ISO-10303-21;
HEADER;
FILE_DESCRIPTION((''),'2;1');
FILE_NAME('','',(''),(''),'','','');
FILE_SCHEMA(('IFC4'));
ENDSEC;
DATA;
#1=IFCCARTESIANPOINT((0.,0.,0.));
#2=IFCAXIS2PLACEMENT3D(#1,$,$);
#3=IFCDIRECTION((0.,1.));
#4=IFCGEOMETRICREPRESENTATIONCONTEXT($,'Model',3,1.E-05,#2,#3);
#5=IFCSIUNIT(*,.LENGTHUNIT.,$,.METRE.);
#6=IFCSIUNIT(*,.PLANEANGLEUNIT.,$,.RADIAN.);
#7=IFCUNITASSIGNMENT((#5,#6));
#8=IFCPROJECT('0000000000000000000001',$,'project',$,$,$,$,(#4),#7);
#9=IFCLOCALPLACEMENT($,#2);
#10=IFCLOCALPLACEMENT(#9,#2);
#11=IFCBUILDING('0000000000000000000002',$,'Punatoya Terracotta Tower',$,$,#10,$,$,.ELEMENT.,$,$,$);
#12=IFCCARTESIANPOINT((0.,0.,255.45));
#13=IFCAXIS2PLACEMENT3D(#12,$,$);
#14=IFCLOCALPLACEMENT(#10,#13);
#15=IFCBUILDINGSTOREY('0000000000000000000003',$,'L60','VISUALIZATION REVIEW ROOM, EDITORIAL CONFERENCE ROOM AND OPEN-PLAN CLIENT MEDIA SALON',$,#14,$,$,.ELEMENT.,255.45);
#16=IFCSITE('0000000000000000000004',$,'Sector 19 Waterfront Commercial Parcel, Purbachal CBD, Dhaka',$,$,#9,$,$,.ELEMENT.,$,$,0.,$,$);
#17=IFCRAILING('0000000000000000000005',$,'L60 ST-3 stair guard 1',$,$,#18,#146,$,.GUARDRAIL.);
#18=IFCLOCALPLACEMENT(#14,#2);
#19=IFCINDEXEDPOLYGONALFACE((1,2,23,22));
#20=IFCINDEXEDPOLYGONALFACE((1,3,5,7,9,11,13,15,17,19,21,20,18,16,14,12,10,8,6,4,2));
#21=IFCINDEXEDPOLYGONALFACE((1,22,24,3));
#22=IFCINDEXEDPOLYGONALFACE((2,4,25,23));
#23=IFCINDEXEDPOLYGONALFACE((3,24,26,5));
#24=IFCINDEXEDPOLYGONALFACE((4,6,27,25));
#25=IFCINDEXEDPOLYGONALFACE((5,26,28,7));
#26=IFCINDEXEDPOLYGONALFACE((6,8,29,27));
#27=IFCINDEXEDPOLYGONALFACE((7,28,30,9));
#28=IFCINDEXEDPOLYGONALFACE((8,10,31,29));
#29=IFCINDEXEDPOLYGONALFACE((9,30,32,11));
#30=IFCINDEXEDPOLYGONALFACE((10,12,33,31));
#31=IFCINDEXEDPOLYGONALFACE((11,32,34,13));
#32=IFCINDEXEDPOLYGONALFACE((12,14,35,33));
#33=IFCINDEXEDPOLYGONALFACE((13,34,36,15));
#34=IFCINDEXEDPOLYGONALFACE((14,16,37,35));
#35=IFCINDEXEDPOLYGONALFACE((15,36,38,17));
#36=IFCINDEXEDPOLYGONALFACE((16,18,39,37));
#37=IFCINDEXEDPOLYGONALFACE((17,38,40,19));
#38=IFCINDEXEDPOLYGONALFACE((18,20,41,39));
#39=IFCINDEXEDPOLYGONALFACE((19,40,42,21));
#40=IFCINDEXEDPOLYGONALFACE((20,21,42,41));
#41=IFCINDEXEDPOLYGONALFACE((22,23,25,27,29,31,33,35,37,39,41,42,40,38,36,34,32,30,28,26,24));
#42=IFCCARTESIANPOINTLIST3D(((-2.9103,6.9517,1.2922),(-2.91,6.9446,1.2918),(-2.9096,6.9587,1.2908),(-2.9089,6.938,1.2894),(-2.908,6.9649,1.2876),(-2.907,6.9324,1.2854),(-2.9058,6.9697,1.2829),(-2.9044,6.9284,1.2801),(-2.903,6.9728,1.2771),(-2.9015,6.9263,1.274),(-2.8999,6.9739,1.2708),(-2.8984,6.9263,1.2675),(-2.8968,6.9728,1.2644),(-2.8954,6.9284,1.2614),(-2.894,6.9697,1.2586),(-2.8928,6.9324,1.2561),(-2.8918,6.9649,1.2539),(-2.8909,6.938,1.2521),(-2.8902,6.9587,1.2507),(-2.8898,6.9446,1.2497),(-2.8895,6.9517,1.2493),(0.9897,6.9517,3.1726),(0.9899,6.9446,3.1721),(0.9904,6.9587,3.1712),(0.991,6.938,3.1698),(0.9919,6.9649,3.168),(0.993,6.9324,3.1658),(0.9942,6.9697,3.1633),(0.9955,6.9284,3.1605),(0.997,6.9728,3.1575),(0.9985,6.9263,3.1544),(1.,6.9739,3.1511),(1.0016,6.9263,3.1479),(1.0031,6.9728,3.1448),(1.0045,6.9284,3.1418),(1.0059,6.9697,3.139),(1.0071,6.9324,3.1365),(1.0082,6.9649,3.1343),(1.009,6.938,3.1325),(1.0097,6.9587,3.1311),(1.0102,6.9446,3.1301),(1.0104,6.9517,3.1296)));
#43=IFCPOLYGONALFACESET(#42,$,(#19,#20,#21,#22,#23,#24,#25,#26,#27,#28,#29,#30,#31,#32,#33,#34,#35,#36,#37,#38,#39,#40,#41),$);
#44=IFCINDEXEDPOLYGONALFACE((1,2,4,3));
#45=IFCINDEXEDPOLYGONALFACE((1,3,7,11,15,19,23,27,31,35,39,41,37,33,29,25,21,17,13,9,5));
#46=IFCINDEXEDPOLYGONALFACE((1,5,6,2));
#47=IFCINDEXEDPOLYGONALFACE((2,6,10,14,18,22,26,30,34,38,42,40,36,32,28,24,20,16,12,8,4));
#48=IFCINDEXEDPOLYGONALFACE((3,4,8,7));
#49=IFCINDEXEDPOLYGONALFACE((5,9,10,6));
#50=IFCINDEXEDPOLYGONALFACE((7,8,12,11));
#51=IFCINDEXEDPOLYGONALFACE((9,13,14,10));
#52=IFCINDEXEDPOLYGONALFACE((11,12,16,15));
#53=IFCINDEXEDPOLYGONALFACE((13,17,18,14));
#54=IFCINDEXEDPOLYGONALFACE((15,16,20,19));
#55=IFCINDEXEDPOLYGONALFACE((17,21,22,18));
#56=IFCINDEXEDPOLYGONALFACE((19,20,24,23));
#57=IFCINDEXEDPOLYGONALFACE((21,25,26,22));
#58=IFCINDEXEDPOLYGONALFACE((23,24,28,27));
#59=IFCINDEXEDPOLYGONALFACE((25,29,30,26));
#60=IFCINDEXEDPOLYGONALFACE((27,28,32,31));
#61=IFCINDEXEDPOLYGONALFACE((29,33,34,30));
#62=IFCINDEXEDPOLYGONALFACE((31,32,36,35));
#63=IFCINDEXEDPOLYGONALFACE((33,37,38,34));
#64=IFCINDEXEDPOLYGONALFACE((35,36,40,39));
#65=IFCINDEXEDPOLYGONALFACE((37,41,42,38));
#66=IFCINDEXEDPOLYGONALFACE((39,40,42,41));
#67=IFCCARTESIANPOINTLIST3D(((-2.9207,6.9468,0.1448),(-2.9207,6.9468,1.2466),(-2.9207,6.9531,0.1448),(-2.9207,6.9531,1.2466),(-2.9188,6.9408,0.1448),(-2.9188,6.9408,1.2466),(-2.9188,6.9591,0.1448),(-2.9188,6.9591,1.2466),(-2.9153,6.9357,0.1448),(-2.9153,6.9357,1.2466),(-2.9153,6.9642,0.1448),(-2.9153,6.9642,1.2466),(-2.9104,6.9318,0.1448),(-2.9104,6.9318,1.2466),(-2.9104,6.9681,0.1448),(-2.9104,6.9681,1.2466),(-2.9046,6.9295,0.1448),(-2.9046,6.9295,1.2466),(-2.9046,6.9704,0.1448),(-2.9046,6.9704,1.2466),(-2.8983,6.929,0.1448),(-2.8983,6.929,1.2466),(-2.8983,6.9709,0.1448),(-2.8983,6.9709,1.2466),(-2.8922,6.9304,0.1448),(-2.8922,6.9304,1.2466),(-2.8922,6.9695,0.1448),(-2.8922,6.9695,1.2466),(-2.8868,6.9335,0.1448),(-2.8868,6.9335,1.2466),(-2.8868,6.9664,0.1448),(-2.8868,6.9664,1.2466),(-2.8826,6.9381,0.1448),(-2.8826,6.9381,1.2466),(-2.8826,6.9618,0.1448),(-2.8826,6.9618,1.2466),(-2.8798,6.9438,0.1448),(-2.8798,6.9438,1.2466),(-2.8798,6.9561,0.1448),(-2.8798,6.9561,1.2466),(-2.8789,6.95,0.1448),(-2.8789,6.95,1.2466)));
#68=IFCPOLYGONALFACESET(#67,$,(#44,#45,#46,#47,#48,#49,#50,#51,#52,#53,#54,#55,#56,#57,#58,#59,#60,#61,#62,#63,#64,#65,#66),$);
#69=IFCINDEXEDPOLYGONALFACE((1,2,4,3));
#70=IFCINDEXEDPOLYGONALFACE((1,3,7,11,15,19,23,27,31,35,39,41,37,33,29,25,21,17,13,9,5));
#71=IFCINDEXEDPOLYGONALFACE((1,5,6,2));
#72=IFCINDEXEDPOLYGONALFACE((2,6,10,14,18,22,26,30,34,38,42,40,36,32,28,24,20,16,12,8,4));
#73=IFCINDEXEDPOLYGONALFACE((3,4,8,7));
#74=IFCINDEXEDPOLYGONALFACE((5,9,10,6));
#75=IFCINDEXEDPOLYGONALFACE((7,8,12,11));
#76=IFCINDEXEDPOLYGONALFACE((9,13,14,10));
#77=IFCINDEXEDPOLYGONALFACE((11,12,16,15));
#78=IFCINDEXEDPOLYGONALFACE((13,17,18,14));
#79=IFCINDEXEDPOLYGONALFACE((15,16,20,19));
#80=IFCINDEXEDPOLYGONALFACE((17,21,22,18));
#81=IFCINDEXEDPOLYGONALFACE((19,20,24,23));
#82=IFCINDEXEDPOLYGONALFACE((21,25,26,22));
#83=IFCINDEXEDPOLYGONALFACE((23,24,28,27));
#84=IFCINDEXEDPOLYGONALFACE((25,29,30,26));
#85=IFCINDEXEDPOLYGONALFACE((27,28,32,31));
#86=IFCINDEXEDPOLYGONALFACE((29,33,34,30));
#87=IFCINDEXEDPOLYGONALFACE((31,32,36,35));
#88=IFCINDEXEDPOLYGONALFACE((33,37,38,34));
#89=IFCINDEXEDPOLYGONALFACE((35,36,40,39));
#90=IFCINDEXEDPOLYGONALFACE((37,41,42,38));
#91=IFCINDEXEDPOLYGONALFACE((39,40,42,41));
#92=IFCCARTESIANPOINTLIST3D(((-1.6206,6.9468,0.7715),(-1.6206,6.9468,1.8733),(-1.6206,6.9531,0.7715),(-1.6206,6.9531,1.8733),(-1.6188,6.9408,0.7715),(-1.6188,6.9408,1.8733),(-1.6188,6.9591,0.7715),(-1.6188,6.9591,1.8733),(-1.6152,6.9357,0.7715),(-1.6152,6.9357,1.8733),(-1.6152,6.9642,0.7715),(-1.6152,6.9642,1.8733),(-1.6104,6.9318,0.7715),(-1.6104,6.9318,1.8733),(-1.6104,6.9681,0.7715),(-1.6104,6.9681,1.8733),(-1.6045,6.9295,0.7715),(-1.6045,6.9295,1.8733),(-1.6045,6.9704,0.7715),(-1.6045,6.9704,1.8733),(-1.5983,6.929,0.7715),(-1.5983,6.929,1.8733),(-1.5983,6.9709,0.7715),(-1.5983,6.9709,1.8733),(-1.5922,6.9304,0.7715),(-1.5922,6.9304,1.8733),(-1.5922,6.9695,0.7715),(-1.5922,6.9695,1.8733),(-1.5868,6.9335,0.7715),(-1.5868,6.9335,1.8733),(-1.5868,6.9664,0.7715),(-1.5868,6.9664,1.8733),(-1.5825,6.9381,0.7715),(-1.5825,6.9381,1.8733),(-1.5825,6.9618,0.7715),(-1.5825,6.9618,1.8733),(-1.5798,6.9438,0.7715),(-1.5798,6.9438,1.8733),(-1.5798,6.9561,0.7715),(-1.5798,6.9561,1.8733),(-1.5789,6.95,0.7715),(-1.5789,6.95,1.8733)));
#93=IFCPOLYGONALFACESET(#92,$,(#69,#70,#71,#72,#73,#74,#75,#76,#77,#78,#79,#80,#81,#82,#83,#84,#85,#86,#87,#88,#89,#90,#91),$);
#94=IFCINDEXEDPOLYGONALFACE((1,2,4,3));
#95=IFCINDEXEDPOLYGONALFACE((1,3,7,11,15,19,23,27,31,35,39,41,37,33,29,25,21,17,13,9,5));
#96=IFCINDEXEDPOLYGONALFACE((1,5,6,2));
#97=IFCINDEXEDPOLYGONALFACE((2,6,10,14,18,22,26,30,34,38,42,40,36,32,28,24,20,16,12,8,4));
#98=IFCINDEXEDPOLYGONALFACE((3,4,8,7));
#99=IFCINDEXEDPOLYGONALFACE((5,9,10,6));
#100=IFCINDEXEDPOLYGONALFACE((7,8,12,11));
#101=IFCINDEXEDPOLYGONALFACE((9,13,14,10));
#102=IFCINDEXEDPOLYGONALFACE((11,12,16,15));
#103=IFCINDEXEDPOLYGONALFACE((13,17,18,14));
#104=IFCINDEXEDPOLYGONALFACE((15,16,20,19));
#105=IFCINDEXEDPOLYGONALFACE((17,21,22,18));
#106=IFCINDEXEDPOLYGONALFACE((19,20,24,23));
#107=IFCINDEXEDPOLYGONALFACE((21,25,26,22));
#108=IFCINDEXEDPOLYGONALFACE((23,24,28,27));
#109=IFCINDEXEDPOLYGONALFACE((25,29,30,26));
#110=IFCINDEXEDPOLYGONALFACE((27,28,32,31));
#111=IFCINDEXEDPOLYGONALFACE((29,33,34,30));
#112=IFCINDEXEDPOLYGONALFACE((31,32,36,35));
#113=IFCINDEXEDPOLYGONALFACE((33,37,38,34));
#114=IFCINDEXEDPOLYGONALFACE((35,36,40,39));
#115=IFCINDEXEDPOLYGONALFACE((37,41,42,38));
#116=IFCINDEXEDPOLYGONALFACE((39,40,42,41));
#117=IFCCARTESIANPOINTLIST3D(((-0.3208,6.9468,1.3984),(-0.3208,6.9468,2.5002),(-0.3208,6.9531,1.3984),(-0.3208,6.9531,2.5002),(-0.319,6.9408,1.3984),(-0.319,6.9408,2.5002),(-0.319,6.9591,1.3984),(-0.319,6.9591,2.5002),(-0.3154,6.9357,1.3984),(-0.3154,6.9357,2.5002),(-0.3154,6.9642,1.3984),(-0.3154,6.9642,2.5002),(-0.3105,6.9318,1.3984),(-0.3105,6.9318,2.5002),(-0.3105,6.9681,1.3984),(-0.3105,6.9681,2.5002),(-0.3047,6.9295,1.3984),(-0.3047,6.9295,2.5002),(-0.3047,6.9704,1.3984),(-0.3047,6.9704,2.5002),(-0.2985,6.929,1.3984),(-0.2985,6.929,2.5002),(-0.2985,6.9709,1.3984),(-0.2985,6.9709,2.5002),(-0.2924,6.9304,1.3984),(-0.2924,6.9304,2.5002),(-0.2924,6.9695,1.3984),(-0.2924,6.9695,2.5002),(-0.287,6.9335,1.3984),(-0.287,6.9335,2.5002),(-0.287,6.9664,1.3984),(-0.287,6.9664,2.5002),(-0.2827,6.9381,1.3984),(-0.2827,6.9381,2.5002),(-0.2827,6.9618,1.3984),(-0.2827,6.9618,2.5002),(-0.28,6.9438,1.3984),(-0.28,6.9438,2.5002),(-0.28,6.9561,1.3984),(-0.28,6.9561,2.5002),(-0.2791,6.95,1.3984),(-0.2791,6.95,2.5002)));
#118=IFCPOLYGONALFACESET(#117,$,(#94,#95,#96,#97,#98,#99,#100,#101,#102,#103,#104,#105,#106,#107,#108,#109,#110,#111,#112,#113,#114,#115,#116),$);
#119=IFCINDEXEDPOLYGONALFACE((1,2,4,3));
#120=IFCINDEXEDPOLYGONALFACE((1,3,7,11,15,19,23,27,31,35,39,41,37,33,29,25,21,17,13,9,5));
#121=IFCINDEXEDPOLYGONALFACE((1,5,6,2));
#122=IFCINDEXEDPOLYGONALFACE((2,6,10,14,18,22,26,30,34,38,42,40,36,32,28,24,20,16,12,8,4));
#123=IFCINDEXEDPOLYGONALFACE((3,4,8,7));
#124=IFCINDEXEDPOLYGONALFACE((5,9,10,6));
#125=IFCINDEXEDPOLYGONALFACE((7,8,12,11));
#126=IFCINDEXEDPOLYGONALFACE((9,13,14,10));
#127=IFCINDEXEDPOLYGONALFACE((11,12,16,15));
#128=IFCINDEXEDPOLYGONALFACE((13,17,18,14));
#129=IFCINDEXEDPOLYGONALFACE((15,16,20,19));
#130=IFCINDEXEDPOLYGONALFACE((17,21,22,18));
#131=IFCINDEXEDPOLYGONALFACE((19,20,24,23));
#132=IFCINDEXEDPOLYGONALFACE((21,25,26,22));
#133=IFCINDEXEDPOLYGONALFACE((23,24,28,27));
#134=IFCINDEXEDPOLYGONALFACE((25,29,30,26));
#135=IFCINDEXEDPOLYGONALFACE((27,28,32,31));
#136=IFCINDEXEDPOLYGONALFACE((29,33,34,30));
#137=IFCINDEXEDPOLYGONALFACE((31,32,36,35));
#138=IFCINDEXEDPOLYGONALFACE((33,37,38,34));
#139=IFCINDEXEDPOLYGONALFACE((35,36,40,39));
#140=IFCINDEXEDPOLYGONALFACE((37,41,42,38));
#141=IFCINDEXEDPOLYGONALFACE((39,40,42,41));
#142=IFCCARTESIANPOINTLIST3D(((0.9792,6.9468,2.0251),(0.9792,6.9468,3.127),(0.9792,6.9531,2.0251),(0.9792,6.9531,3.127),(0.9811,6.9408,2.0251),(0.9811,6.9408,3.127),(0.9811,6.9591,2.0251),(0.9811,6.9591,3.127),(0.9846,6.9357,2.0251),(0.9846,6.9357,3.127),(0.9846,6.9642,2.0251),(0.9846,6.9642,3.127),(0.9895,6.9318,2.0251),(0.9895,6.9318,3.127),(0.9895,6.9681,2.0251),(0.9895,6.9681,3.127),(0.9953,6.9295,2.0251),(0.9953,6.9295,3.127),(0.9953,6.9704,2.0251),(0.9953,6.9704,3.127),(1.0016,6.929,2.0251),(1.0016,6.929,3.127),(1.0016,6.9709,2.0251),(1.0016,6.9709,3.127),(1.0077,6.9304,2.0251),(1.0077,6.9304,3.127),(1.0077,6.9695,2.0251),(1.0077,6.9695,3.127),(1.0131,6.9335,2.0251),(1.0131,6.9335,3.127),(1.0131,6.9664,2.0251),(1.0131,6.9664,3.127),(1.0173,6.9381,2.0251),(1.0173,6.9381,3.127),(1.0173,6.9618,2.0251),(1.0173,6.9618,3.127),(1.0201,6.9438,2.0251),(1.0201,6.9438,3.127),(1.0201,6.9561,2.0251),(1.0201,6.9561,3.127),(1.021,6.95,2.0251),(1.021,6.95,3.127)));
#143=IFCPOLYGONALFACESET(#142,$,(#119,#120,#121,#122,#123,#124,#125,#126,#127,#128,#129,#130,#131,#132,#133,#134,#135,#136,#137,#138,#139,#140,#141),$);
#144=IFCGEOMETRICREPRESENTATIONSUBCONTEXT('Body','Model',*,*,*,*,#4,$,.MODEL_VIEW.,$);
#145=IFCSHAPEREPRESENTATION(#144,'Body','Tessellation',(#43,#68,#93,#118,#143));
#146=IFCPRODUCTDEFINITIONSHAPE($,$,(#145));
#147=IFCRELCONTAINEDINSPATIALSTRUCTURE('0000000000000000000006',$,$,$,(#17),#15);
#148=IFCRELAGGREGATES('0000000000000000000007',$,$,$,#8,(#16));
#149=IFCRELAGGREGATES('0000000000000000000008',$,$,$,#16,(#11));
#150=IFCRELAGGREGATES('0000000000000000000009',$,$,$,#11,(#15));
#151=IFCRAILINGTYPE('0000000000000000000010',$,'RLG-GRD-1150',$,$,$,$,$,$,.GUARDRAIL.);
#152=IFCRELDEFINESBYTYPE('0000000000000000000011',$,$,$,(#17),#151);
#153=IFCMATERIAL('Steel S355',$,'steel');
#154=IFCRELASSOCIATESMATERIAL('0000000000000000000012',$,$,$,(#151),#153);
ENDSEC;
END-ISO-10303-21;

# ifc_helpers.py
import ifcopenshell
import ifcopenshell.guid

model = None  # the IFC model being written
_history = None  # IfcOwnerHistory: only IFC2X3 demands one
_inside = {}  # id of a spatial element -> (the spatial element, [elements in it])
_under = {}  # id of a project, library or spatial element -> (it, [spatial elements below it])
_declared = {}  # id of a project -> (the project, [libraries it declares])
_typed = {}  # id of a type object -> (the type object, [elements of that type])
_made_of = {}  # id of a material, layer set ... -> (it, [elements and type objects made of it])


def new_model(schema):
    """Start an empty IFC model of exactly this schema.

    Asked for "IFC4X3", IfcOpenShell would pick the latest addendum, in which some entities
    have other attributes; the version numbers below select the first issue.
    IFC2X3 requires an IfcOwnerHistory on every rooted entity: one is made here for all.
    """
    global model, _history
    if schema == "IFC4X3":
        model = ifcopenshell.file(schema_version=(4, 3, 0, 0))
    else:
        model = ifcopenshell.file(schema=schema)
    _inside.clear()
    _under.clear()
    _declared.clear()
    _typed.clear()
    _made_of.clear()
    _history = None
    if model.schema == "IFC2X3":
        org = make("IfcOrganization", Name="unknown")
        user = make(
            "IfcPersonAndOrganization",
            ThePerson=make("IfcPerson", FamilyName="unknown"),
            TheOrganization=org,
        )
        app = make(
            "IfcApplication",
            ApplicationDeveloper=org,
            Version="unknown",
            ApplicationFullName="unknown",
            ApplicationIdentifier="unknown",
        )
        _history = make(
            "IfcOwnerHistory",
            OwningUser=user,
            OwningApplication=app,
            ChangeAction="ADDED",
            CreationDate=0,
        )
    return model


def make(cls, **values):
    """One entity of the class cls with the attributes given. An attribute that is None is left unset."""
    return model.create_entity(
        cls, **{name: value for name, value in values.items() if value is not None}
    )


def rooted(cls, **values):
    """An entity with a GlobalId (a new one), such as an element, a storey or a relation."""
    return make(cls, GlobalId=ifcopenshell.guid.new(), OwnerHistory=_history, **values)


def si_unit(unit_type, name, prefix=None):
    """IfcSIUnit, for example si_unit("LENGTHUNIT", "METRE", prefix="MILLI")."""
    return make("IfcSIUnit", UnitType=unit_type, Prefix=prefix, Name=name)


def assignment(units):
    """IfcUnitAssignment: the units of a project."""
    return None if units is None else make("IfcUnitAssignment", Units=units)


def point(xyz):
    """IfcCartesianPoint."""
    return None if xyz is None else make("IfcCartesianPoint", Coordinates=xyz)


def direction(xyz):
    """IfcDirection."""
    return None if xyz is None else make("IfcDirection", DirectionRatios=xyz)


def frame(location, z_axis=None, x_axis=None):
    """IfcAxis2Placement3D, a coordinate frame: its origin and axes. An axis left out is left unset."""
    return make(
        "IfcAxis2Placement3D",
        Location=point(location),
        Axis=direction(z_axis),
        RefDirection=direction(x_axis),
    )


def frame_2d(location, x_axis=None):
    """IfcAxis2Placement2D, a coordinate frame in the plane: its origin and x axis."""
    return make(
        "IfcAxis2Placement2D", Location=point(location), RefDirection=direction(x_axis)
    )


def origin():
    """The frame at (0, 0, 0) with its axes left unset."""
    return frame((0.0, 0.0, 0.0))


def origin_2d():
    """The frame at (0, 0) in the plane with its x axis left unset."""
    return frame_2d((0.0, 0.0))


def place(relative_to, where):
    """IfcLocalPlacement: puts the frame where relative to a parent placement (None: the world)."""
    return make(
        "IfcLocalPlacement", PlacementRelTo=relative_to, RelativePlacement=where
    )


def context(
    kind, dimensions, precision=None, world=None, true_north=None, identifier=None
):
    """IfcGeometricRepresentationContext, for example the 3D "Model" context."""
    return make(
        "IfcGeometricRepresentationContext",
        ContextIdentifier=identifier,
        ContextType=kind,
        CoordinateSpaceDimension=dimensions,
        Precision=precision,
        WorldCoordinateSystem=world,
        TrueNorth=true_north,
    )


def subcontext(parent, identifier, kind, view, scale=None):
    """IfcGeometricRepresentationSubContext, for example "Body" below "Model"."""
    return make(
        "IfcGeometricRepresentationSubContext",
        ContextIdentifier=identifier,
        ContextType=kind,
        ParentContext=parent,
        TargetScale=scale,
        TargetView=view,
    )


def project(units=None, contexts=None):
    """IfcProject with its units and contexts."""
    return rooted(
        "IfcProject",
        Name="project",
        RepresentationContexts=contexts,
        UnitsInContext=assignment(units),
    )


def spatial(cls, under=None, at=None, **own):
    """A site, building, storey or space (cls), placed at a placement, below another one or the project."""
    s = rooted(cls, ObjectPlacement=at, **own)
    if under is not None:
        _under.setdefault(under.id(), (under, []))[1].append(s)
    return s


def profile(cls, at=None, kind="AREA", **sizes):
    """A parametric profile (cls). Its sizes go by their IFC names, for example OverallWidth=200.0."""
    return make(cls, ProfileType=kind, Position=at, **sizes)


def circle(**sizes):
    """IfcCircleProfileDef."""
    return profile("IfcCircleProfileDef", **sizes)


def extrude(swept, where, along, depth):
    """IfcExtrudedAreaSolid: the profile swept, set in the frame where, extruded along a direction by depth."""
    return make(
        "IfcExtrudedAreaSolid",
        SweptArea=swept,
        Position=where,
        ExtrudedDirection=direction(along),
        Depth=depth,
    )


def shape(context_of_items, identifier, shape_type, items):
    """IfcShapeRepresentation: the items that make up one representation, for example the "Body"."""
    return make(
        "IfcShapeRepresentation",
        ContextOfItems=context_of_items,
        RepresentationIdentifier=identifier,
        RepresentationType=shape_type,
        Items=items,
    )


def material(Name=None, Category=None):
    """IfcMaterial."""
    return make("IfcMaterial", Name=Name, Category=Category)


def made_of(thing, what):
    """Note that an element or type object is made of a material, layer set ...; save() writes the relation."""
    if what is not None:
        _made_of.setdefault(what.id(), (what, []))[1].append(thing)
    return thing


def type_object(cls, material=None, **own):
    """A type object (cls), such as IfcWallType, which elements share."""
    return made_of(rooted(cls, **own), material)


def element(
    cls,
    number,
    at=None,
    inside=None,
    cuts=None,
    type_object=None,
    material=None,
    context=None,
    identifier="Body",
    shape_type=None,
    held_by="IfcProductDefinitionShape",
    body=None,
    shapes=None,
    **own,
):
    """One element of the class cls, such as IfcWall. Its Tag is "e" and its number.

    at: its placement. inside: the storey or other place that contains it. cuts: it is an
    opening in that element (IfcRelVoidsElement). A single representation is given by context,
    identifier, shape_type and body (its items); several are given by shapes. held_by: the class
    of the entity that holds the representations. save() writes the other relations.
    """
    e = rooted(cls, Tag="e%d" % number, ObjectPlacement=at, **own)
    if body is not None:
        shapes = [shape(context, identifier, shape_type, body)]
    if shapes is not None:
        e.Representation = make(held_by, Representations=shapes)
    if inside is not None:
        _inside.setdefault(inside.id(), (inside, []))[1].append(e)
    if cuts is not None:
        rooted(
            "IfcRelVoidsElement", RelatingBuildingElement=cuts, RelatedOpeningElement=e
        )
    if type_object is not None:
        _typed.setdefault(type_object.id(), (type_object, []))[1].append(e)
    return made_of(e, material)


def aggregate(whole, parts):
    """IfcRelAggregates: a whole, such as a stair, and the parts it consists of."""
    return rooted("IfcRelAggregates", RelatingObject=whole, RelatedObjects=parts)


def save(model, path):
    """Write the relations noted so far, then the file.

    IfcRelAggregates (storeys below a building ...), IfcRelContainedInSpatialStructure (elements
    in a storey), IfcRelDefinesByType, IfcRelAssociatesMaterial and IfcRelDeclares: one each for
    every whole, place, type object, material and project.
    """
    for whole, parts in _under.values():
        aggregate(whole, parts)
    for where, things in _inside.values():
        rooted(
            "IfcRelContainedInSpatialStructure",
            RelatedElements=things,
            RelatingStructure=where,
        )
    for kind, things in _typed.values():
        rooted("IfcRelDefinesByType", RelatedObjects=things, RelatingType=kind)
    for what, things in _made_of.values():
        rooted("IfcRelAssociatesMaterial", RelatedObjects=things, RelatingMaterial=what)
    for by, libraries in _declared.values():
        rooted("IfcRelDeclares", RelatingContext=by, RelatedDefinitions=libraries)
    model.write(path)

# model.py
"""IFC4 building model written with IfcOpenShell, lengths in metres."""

from ifc_helpers import new_model, si_unit, direction, frame, origin, origin_2d, place, context, subcontext, project, spatial, circle, extrude, material, type_object, element, save


model = new_model("IFC4")

# Units and contexts
model_context = context("Model", 3, precision=1e-05, world=origin(), true_north=direction((0.0, 1.0)))
body_context = subcontext(model_context, "Body", "Model", "MODEL_VIEW")
ifc_project = project(units=[si_unit("LENGTHUNIT", "METRE"), si_unit("PLANEANGLEUNIT", "RADIAN")], contexts=[model_context])

# Site, building, storey
site_placement = place(None, origin())
site = spatial("IfcSite", under=ifc_project, at=site_placement, Name="Sector 19 Waterfront Commercial Parcel, Purbachal CBD, Dhaka", CompositionType="ELEMENT", RefElevation=0.0)
building_placement = place(site_placement, origin())
building = spatial("IfcBuilding", under=site, at=building_placement, Name="Punatoya Terracotta Tower", CompositionType="ELEMENT")
storey_placement = place(building_placement, frame((0.0, 0.0, 255.45)))
storey = spatial("IfcBuildingStorey", under=building, at=storey_placement, Name="L60", Description="VISUALIZATION REVIEW ROOM, EDITORIAL CONFERENCE ROOM AND OPEN-PLAN CLIENT MEDIA SALON", CompositionType="ELEMENT", Elevation=255.45)

# Shared definitions
ifc_material_1 = material(Name="Steel S355", Category="steel")

# Railing
railing_type_1 = type_object("IfcRailingType", Name="RLG-GRD-1150", PredefinedType="GUARDRAIL", material=ifc_material_1)
railing_1_placement = place(storey_placement, frame((-2.8999, 6.95, 0.1448)))
element("IfcRailing", 1, at=railing_1_placement, inside=storey, type_object=railing_type_1, Name="L60 ST-3 stair guard 1", PredefinedType="GUARDRAIL", context=body_context, shape_type="SweptSolid", body=[
    extrude(circle(Radius=0.0239, at=origin_2d()), frame((0.0, 0.0, 1.126), z_axis=(0.900763, 0.0, 0.434311), x_axis=(0.0, 1.0, 0.0)), (0.0, 0.0, 1.0), 4.3296),
    extrude(circle(Radius=0.021, at=origin_2d()), origin(), (0.0, 0.0, 1.0), 1.1018),
    extrude(circle(Radius=0.021, at=origin_2d()), frame((1.3, 0.0, 0.6267)), (0.0, 0.0, 1.0), 1.1018),
    extrude(circle(Radius=0.021, at=origin_2d()), frame((2.5999, 0.0, 1.2537)), (0.0, 0.0, 1.0), 1.1018),
    extrude(circle(Radius=0.021, at=origin_2d()), frame((3.8999, 0.0, 1.8804)), (0.0, 0.0, 1.0), 1.1018),
])

save(model, "model.ifc")
